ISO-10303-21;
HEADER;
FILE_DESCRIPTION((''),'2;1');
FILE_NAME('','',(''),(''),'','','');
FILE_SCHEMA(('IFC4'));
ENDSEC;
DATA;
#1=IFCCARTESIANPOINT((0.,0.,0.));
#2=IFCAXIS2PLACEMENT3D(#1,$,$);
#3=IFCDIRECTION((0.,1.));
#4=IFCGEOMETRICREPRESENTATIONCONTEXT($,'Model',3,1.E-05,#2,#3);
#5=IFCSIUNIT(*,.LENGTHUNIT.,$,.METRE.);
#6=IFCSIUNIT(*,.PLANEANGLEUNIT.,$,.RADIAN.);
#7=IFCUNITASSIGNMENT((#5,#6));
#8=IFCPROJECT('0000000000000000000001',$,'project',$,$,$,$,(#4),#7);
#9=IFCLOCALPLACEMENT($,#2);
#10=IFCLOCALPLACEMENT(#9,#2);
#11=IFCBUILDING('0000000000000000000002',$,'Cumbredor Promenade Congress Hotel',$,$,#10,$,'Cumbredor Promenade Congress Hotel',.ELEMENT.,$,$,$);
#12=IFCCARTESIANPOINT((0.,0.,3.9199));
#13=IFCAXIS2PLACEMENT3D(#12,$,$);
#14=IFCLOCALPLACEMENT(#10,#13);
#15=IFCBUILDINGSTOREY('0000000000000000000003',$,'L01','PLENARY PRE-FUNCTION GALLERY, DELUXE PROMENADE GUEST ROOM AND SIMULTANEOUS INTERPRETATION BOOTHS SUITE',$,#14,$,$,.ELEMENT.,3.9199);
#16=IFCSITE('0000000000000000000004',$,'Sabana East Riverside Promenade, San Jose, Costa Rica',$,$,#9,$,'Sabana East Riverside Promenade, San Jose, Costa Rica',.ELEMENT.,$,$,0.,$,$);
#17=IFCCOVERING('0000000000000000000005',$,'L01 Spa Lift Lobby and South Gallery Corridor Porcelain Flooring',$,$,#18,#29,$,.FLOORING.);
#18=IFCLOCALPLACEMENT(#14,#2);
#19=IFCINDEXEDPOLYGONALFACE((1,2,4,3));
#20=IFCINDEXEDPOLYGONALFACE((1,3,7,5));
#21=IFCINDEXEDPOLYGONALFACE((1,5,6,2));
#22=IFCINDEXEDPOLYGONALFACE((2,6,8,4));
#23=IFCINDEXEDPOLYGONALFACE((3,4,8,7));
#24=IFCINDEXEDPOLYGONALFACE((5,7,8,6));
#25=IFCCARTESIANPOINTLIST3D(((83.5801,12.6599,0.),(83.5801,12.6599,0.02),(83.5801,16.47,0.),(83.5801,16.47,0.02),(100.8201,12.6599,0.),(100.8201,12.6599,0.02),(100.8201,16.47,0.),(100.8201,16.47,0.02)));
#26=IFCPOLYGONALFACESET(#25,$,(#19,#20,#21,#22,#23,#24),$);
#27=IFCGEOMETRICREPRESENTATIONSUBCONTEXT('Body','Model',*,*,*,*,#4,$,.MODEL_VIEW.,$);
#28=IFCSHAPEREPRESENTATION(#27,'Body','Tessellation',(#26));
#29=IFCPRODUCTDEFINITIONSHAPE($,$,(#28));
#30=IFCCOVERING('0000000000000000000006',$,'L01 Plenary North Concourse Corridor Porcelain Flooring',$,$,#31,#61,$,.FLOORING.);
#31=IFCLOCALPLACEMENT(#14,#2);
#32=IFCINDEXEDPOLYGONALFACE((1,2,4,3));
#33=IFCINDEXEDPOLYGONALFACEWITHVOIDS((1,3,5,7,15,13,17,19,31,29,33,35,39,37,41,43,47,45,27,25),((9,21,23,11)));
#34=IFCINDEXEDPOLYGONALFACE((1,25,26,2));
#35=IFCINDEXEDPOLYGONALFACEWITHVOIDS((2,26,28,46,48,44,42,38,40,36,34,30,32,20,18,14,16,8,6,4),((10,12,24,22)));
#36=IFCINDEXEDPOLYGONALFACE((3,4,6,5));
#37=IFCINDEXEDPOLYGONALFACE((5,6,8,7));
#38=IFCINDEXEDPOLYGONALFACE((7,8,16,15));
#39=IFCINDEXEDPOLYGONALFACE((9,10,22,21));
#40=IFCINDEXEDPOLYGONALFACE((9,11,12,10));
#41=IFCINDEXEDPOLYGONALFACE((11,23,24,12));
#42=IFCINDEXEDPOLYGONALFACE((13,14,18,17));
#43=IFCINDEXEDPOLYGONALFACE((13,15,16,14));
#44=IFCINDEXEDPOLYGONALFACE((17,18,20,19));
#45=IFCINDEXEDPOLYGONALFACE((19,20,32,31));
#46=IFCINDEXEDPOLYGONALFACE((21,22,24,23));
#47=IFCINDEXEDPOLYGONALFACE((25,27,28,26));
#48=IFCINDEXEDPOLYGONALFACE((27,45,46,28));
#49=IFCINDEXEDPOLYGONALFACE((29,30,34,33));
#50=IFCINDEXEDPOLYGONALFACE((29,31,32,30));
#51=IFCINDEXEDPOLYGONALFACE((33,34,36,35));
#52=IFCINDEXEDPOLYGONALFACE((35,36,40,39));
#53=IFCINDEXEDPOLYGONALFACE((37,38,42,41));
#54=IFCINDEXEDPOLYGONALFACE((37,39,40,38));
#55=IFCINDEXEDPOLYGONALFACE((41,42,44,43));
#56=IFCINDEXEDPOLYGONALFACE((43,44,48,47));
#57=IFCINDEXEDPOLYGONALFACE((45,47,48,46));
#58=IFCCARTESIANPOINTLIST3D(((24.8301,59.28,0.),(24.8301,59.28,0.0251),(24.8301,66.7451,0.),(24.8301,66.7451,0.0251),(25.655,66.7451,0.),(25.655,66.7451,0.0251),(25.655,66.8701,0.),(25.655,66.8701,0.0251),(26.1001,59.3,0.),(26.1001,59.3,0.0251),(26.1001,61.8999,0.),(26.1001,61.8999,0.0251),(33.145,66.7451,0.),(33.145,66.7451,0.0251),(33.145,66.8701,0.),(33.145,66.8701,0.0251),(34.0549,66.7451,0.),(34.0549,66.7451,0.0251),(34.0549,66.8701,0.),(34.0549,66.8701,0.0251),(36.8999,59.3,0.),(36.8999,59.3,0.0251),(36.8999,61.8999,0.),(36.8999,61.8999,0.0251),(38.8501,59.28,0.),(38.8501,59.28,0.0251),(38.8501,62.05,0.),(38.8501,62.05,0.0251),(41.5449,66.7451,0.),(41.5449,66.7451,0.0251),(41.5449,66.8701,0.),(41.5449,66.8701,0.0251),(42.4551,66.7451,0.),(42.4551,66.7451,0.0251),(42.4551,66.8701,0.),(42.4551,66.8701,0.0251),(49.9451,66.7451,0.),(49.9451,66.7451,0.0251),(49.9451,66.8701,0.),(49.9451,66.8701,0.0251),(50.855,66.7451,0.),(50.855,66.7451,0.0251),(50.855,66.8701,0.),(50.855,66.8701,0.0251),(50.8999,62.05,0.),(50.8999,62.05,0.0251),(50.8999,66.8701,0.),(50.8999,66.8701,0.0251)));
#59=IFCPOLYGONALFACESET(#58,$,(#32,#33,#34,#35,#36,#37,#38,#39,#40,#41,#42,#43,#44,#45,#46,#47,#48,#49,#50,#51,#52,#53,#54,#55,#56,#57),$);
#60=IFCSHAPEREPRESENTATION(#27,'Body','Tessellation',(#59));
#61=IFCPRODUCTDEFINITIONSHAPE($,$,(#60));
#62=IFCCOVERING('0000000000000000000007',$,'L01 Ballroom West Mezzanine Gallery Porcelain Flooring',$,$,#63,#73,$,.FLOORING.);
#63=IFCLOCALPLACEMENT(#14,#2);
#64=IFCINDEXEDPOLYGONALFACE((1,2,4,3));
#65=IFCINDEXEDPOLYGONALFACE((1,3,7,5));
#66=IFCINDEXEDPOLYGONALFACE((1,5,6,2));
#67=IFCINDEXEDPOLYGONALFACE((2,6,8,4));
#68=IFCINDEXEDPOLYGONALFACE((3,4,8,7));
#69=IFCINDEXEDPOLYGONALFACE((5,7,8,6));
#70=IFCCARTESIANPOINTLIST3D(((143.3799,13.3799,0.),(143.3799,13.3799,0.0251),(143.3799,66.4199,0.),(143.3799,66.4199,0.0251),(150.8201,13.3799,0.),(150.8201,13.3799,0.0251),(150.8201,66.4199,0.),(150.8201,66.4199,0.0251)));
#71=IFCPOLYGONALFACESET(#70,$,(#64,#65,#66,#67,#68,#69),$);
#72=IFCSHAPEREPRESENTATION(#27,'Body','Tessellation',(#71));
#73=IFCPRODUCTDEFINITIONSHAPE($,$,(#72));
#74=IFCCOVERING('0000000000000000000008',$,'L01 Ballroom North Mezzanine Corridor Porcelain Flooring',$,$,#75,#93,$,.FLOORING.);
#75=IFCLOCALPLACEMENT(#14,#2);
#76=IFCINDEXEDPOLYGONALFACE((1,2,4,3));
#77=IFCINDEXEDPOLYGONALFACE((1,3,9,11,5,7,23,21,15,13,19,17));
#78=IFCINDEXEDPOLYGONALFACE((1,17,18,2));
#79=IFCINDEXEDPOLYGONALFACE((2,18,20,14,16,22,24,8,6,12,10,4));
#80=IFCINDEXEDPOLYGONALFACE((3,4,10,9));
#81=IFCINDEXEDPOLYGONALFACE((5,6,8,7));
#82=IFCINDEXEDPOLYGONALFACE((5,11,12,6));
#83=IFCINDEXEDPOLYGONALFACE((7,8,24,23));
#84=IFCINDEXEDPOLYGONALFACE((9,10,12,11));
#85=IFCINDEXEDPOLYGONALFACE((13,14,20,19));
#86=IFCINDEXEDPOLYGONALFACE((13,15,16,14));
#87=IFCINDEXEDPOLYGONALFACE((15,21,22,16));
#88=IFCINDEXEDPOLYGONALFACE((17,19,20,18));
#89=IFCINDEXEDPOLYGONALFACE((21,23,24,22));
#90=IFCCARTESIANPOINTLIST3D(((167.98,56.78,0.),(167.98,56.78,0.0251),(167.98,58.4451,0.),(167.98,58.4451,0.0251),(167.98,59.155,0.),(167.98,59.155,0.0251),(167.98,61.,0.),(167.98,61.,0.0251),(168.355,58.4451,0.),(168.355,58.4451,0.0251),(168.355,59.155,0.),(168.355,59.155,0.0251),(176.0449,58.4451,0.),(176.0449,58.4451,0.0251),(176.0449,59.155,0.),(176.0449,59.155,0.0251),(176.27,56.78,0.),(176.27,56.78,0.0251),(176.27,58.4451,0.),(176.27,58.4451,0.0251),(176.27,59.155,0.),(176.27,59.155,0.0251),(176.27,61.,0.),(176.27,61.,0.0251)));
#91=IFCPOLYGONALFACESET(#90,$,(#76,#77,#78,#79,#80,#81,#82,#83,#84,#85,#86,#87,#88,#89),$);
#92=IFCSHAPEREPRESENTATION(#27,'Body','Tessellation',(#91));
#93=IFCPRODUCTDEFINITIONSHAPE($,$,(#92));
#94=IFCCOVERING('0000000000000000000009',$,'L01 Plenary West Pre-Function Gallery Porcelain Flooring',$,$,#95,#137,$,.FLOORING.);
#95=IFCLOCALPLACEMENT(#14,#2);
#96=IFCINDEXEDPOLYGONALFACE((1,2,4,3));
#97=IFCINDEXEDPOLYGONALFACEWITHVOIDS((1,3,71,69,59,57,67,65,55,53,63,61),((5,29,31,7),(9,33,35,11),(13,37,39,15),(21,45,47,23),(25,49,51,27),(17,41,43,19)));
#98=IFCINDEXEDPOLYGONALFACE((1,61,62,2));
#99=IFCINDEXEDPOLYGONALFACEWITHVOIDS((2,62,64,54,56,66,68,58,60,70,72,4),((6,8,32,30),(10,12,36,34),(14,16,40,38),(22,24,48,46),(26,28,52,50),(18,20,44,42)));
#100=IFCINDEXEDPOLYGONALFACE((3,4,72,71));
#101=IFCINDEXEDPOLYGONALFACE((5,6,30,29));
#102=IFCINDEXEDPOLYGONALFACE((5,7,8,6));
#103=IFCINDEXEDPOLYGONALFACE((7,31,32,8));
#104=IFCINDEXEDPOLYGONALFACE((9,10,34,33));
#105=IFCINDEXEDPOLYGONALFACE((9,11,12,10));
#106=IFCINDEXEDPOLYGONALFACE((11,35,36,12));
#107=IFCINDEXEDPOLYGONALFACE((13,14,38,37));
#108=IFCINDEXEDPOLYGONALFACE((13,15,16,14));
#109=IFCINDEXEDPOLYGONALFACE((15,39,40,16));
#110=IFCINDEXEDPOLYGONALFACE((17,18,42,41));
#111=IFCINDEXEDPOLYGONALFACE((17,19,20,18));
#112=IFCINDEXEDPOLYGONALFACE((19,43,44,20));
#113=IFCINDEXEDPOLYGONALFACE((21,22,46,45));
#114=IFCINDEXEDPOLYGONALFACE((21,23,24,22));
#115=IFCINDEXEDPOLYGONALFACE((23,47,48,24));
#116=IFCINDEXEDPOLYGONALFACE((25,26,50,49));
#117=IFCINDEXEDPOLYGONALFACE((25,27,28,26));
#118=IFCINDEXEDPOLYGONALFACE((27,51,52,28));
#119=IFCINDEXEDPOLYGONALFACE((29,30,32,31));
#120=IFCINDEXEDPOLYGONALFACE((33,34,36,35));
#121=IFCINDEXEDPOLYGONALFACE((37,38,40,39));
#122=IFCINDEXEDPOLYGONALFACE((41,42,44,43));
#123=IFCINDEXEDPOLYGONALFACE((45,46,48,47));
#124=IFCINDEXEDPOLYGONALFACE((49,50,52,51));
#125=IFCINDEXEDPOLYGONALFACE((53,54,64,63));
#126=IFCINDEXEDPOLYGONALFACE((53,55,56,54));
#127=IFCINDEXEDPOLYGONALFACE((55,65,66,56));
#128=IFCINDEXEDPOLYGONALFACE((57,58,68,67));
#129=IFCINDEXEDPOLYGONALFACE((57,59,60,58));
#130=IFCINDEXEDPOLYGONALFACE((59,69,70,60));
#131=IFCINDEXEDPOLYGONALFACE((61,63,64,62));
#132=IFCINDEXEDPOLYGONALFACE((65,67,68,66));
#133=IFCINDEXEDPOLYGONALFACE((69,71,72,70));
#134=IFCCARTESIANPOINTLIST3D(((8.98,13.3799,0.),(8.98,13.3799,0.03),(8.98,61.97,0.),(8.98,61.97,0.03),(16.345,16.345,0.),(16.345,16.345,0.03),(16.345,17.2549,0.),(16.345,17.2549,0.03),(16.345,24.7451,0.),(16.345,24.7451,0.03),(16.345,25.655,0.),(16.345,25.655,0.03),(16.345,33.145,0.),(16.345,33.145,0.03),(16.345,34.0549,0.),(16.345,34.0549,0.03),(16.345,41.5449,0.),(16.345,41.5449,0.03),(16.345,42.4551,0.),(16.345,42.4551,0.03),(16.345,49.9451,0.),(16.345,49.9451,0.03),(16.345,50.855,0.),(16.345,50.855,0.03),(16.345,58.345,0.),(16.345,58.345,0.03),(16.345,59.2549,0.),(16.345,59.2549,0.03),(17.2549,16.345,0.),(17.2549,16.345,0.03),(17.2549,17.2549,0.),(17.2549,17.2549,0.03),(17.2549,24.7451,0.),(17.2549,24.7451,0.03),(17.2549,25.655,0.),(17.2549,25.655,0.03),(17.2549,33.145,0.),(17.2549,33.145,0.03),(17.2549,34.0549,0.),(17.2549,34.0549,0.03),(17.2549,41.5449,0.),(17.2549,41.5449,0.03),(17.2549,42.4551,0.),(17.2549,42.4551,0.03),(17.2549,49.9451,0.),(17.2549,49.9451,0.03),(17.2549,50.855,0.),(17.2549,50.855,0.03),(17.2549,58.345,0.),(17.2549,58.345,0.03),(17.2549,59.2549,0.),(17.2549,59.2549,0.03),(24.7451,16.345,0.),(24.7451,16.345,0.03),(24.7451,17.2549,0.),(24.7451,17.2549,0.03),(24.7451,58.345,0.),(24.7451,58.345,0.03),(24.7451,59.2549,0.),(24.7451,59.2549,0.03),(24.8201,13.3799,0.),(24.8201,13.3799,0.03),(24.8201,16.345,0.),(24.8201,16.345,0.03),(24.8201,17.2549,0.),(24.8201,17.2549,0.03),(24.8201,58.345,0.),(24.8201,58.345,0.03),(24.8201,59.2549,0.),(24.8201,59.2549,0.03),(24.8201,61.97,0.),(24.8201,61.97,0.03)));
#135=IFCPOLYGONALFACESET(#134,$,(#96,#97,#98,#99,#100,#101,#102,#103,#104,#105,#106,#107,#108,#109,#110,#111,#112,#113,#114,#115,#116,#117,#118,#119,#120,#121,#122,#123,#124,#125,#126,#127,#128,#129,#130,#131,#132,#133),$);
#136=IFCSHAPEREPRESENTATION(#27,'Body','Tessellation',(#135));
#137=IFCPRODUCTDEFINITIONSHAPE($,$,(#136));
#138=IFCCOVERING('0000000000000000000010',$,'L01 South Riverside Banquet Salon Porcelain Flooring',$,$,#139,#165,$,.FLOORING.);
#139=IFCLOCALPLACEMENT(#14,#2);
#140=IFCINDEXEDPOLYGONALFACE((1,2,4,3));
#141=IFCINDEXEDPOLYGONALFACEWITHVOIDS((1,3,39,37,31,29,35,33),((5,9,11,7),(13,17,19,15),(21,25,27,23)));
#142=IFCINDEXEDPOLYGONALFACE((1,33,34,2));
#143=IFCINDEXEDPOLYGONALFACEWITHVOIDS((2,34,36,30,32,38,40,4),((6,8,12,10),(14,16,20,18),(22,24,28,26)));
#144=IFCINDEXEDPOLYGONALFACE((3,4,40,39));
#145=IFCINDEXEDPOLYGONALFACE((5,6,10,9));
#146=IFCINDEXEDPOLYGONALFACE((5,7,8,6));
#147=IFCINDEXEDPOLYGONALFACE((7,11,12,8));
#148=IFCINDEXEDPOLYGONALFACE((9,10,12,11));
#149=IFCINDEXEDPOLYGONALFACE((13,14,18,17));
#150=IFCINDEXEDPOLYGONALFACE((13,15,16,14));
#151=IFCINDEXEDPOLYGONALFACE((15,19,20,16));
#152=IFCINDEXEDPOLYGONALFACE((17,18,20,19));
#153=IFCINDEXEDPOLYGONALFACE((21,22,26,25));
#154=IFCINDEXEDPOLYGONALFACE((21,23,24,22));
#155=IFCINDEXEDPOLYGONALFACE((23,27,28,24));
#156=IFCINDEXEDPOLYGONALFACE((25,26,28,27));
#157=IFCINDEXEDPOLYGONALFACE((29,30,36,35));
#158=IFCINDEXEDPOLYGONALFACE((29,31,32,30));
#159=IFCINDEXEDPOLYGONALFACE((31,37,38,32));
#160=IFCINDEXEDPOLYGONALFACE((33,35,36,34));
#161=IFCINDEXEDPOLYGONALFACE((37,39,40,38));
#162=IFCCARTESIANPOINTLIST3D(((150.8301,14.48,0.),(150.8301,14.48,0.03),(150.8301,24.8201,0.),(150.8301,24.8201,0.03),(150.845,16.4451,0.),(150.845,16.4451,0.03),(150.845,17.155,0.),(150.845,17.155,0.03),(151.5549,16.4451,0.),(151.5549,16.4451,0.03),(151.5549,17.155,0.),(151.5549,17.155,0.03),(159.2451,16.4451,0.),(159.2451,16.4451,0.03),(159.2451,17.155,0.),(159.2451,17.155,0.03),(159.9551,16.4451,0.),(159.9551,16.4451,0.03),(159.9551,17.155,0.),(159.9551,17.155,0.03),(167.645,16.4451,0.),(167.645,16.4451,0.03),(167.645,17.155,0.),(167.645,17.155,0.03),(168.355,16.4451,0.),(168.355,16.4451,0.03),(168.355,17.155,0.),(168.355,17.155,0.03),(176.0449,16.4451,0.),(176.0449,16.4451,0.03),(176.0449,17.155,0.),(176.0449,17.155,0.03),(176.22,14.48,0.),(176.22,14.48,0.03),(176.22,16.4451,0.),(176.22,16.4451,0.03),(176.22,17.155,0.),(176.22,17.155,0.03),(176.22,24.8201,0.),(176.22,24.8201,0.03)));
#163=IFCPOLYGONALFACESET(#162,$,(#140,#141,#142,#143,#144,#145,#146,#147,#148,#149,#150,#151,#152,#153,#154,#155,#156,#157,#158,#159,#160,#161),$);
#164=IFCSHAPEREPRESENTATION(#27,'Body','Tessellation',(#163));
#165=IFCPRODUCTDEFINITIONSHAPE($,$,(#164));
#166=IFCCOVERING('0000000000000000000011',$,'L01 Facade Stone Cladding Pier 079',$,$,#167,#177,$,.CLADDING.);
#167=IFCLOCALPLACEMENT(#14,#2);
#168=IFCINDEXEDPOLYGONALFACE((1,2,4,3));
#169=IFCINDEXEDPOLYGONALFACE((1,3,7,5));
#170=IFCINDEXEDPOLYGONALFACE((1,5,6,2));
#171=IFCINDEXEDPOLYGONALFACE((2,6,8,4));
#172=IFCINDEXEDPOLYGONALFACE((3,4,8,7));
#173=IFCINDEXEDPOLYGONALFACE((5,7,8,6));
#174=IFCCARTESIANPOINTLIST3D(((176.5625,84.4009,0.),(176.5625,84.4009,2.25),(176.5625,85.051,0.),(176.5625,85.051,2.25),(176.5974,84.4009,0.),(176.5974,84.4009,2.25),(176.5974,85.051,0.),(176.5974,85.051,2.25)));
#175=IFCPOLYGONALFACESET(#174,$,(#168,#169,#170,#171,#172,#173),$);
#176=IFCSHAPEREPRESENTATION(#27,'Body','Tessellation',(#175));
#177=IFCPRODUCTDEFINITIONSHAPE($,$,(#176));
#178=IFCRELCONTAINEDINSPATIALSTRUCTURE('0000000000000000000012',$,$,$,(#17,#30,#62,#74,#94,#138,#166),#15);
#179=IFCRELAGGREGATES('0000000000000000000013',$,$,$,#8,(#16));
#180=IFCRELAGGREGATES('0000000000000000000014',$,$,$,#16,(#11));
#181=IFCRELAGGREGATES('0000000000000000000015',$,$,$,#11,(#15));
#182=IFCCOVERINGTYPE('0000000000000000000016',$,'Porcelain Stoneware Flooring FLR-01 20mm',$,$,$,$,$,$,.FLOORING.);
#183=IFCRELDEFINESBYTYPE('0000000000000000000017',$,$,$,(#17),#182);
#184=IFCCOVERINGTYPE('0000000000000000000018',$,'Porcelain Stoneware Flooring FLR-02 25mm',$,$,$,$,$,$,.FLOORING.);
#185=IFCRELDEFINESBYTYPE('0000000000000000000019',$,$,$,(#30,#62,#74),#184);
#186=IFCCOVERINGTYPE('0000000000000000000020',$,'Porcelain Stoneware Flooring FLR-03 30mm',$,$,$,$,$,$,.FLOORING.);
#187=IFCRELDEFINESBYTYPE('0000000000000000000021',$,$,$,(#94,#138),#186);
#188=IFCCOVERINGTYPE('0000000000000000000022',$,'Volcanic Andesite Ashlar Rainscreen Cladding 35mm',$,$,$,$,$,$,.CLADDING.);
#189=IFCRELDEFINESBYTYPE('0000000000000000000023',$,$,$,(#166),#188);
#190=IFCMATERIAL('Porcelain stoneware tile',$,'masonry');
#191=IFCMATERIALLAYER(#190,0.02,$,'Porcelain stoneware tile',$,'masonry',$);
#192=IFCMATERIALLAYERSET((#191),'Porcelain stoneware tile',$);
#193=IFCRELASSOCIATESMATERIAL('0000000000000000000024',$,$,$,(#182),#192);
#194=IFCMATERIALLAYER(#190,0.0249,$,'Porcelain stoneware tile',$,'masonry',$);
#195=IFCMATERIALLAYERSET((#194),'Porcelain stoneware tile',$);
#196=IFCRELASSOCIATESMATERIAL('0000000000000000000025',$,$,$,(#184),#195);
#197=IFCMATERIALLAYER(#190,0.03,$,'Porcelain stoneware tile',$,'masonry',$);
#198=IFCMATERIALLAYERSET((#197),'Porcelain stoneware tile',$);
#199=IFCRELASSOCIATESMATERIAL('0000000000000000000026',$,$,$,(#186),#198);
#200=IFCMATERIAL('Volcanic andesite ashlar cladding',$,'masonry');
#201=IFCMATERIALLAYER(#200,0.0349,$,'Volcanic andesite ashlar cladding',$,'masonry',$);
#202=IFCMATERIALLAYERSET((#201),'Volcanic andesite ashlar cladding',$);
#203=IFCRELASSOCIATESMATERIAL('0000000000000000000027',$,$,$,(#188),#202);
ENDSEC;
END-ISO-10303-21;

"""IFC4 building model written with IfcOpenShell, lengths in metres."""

from ifc_helpers import new_model, si_unit, direction, frame, origin, place, context, subcontext, project, spatial, polyline, outline, extrude, material, layer, layer_set, type_object, element, save


model = new_model("IFC4")

# Units and contexts
model_context = context("Model", 3, precision=1e-05, world=origin(), true_north=direction((0.0, 1.0)))
body_context = subcontext(model_context, "Body", "Model", "MODEL_VIEW")
ifc_project = project(units=[si_unit("LENGTHUNIT", "METRE"), si_unit("PLANEANGLEUNIT", "RADIAN")], contexts=[model_context])

# Site, building, storey
site_placement = place(None, origin())
site = spatial("IfcSite", under=ifc_project, at=site_placement, Name="Sabana East Riverside Promenade, San Jose, Costa Rica", LongName="Sabana East Riverside Promenade, San Jose, Costa Rica", CompositionType="ELEMENT", RefElevation=0.0)
building_placement = place(site_placement, origin())
building = spatial("IfcBuilding", under=site, at=building_placement, Name="Cumbredor Promenade Congress Hotel", LongName="Cumbredor Promenade Congress Hotel", CompositionType="ELEMENT")
storey_placement = place(building_placement, frame((0.0, 0.0, 3.9199)))
storey = spatial("IfcBuildingStorey", under=building, at=storey_placement, Name="L01", Description="PLENARY PRE-FUNCTION GALLERY, DELUXE PROMENADE GUEST ROOM AND SIMULTANEOUS INTERPRETATION BOOTHS SUITE", CompositionType="ELEMENT", Elevation=3.9199)

# Coverings
ifc_material_1 = material(Name="Porcelain stoneware tile", Category="masonry")
ifc_layer_1 = layer(ifc_material_1, 0.02, Name="Porcelain stoneware tile", Category="masonry")
ifc_layer_set_1 = layer_set([ifc_layer_1], Name="Porcelain stoneware tile")
covering_type_1 = type_object("IfcCoveringType", Name="Porcelain Stoneware Flooring FLR-01 20mm", PredefinedType="FLOORING", material=ifc_layer_set_1)
covering_1_placement = place(storey_placement, origin())
element("IfcCovering", 1, at=covering_1_placement, inside=storey, type_object=covering_type_1, Name="L01 Spa Lift Lobby and South Gallery Corridor Porcelain Flooring", PredefinedType="FLOORING", context=body_context, shape_type="SweptSolid", body=[
    extrude(outline(polyline([(83.5801, 12.6599), (83.5801, 16.47), (100.8201, 16.47), (100.8201, 12.6599), (83.5801, 12.6599)])), origin(), (0.0, 0.0, 1.0), 0.02),
])
ifc_layer_2 = layer(ifc_material_1, 0.0249, Name="Porcelain stoneware tile", Category="masonry")
ifc_layer_set_2 = layer_set([ifc_layer_2], Name="Porcelain stoneware tile")
covering_type_2 = type_object("IfcCoveringType", Name="Porcelain Stoneware Flooring FLR-02 25mm", PredefinedType="FLOORING", material=ifc_layer_set_2)
covering_2_placement = place(storey_placement, origin())
element("IfcCovering", 2, at=covering_2_placement, inside=storey, type_object=covering_type_2, Name="L01 Plenary North Concourse Corridor Porcelain Flooring", PredefinedType="FLOORING", context=body_context, shape_type="SweptSolid", body=[
    extrude(outline(polyline([(38.8501, 62.05), (38.8501, 59.28), (24.8301, 59.28), (24.8301, 66.7451), (25.655, 66.7451), (25.655, 66.8701), (33.145, 66.8701), (33.145, 66.7451), (34.0549, 66.7451), (34.0549, 66.8701), (41.5449, 66.8701), (41.5449, 66.7451), (42.4551, 66.7451), (42.4551, 66.8701), (49.9451, 66.8701), (49.9451, 66.7451), (50.855, 66.7451), (50.855, 66.8701), (50.8999, 66.8701), (50.8999, 61.25), (57.77, 61.25), (57.77, 59.28), (50.8999, 59.28), (50.8999, 62.05), (38.8501, 62.05)]), holes=[polyline([(26.1001, 59.3), (36.8999, 59.3), (36.8999, 61.8999), (26.1001, 61.8999), (26.1001, 59.3)])]), origin(), (0.0, 0.0, 1.0), 0.0251),
])
covering_3_placement = place(storey_placement, origin())
element("IfcCovering", 3, at=covering_3_placement, inside=storey, type_object=covering_type_2, Name="L01 Ballroom West Mezzanine Gallery Porcelain Flooring", PredefinedType="FLOORING", context=body_context, shape_type="SweptSolid", body=[
    extrude(outline(polyline([(143.3799, 13.3799), (143.3799, 66.4199), (150.8201, 66.4199), (150.8201, 13.3799), (143.3799, 13.3799)])), origin(), (0.0, 0.0, 1.0), 0.0251),
])
covering_4_placement = place(storey_placement, origin())
element("IfcCovering", 4, at=covering_4_placement, inside=storey, type_object=covering_type_2, Name="L01 Ballroom North Mezzanine Corridor Porcelain Flooring", PredefinedType="FLOORING", context=body_context, shape_type="SweptSolid", body=[
    extrude(outline(polyline([(168.355, 58.4451), (168.355, 59.155), (167.98, 59.155), (167.98, 61.0), (176.27, 61.0), (176.27, 59.155), (176.0449, 59.155), (176.0449, 58.4451), (176.27, 58.4451), (176.27, 56.78), (167.98, 56.78), (167.98, 58.4451), (168.355, 58.4451)])), origin(), (0.0, 0.0, 1.0), 0.0251),
])
ifc_layer_3 = layer(ifc_material_1, 0.03, Name="Porcelain stoneware tile", Category="masonry")
ifc_layer_set_3 = layer_set([ifc_layer_3], Name="Porcelain stoneware tile")
covering_type_3 = type_object("IfcCoveringType", Name="Porcelain Stoneware Flooring FLR-03 30mm", PredefinedType="FLOORING", material=ifc_layer_set_3)
covering_5_placement = place(storey_placement, origin())
element("IfcCovering", 5, at=covering_5_placement, inside=storey, type_object=covering_type_3, Name="L01 Plenary West Pre-Function Gallery Porcelain Flooring", PredefinedType="FLOORING", context=body_context, shape_type="SweptSolid", body=[
    extrude(outline(polyline([(24.7451, 17.2549), (24.7451, 16.345), (24.8201, 16.345), (24.8201, 13.3799), (8.98, 13.3799), (8.98, 61.97), (24.8201, 61.97), (24.8201, 59.2549), (24.7451, 59.2549), (24.7451, 58.345), (24.8201, 58.345), (24.8201, 17.2549), (24.7451, 17.2549)]), holes=[polyline([(17.2549, 16.345), (17.2549, 17.2549), (16.345, 17.2549), (16.345, 16.345), (17.2549, 16.345)]), polyline([(16.345, 24.7451), (17.2549, 24.7451), (17.2549, 25.655), (16.345, 25.655), (16.345, 24.7451)]), polyline([(16.345, 34.0549), (16.345, 33.145), (17.2549, 33.145), (17.2549, 34.0549), (16.345, 34.0549)]), polyline([(17.2549, 42.4551), (16.345, 42.4551), (16.345, 41.5449), (17.2549, 41.5449), (17.2549, 42.4551)]), polyline([(17.2549, 49.9451), (17.2549, 50.855), (16.345, 50.855), (16.345, 49.9451), (17.2549, 49.9451)]), polyline([(16.345, 58.345), (17.2549, 58.345), (17.2549, 59.2549), (16.345, 59.2549), (16.345, 58.345)])]), origin(), (0.0, 0.0, 1.0), 0.03),
])
covering_6_placement = place(storey_placement, origin())
element("IfcCovering", 6, at=covering_6_placement, inside=storey, type_object=covering_type_3, Name="L01 South Riverside Banquet Salon Porcelain Flooring", PredefinedType="FLOORING", context=body_context, shape_type="SweptSolid", body=[
    extrude(outline(polyline([(150.8301, 14.48), (150.8301, 24.8201), (176.22, 24.8201), (176.22, 17.155), (176.0449, 17.155), (176.0449, 16.4451), (176.22, 16.4451), (176.22, 14.48), (150.8301, 14.48)]), holes=[polyline([(151.5549, 16.4451), (151.5549, 17.155), (150.845, 17.155), (150.845, 16.4451), (151.5549, 16.4451)]), polyline([(159.2451, 16.4451), (159.9551, 16.4451), (159.9551, 17.155), (159.2451, 17.155), (159.2451, 16.4451)]), polyline([(167.645, 17.155), (167.645, 16.4451), (168.355, 16.4451), (168.355, 17.155), (167.645, 17.155)])]), origin(), (0.0, 0.0, 1.0), 0.03),
])
ifc_material_2 = material(Name="Volcanic andesite ashlar cladding", Category="masonry")
ifc_layer_4 = layer(ifc_material_2, 0.0349, Name="Volcanic andesite ashlar cladding", Category="masonry")
ifc_layer_set_4 = layer_set([ifc_layer_4], Name="Volcanic andesite ashlar cladding")
covering_type_4 = type_object("IfcCoveringType", Name="Volcanic Andesite Ashlar Rainscreen Cladding 35mm", PredefinedType="CLADDING", material=ifc_layer_set_4)
covering_7_placement = place(storey_placement, origin())
element("IfcCovering", 7, at=covering_7_placement, inside=storey, type_object=covering_type_4, Name="L01 Facade Stone Cladding Pier 079", PredefinedType="CLADDING", context=body_context, shape_type="SweptSolid", body=[
    extrude(outline(polyline([(176.5625, 84.4009), (176.5625, 85.051), (176.5974, 85.051), (176.5974, 84.4009), (176.5625, 84.4009)])), origin(), (0.0, 0.0, 1.0), 2.25),
])

save(model, "model.ifc")
